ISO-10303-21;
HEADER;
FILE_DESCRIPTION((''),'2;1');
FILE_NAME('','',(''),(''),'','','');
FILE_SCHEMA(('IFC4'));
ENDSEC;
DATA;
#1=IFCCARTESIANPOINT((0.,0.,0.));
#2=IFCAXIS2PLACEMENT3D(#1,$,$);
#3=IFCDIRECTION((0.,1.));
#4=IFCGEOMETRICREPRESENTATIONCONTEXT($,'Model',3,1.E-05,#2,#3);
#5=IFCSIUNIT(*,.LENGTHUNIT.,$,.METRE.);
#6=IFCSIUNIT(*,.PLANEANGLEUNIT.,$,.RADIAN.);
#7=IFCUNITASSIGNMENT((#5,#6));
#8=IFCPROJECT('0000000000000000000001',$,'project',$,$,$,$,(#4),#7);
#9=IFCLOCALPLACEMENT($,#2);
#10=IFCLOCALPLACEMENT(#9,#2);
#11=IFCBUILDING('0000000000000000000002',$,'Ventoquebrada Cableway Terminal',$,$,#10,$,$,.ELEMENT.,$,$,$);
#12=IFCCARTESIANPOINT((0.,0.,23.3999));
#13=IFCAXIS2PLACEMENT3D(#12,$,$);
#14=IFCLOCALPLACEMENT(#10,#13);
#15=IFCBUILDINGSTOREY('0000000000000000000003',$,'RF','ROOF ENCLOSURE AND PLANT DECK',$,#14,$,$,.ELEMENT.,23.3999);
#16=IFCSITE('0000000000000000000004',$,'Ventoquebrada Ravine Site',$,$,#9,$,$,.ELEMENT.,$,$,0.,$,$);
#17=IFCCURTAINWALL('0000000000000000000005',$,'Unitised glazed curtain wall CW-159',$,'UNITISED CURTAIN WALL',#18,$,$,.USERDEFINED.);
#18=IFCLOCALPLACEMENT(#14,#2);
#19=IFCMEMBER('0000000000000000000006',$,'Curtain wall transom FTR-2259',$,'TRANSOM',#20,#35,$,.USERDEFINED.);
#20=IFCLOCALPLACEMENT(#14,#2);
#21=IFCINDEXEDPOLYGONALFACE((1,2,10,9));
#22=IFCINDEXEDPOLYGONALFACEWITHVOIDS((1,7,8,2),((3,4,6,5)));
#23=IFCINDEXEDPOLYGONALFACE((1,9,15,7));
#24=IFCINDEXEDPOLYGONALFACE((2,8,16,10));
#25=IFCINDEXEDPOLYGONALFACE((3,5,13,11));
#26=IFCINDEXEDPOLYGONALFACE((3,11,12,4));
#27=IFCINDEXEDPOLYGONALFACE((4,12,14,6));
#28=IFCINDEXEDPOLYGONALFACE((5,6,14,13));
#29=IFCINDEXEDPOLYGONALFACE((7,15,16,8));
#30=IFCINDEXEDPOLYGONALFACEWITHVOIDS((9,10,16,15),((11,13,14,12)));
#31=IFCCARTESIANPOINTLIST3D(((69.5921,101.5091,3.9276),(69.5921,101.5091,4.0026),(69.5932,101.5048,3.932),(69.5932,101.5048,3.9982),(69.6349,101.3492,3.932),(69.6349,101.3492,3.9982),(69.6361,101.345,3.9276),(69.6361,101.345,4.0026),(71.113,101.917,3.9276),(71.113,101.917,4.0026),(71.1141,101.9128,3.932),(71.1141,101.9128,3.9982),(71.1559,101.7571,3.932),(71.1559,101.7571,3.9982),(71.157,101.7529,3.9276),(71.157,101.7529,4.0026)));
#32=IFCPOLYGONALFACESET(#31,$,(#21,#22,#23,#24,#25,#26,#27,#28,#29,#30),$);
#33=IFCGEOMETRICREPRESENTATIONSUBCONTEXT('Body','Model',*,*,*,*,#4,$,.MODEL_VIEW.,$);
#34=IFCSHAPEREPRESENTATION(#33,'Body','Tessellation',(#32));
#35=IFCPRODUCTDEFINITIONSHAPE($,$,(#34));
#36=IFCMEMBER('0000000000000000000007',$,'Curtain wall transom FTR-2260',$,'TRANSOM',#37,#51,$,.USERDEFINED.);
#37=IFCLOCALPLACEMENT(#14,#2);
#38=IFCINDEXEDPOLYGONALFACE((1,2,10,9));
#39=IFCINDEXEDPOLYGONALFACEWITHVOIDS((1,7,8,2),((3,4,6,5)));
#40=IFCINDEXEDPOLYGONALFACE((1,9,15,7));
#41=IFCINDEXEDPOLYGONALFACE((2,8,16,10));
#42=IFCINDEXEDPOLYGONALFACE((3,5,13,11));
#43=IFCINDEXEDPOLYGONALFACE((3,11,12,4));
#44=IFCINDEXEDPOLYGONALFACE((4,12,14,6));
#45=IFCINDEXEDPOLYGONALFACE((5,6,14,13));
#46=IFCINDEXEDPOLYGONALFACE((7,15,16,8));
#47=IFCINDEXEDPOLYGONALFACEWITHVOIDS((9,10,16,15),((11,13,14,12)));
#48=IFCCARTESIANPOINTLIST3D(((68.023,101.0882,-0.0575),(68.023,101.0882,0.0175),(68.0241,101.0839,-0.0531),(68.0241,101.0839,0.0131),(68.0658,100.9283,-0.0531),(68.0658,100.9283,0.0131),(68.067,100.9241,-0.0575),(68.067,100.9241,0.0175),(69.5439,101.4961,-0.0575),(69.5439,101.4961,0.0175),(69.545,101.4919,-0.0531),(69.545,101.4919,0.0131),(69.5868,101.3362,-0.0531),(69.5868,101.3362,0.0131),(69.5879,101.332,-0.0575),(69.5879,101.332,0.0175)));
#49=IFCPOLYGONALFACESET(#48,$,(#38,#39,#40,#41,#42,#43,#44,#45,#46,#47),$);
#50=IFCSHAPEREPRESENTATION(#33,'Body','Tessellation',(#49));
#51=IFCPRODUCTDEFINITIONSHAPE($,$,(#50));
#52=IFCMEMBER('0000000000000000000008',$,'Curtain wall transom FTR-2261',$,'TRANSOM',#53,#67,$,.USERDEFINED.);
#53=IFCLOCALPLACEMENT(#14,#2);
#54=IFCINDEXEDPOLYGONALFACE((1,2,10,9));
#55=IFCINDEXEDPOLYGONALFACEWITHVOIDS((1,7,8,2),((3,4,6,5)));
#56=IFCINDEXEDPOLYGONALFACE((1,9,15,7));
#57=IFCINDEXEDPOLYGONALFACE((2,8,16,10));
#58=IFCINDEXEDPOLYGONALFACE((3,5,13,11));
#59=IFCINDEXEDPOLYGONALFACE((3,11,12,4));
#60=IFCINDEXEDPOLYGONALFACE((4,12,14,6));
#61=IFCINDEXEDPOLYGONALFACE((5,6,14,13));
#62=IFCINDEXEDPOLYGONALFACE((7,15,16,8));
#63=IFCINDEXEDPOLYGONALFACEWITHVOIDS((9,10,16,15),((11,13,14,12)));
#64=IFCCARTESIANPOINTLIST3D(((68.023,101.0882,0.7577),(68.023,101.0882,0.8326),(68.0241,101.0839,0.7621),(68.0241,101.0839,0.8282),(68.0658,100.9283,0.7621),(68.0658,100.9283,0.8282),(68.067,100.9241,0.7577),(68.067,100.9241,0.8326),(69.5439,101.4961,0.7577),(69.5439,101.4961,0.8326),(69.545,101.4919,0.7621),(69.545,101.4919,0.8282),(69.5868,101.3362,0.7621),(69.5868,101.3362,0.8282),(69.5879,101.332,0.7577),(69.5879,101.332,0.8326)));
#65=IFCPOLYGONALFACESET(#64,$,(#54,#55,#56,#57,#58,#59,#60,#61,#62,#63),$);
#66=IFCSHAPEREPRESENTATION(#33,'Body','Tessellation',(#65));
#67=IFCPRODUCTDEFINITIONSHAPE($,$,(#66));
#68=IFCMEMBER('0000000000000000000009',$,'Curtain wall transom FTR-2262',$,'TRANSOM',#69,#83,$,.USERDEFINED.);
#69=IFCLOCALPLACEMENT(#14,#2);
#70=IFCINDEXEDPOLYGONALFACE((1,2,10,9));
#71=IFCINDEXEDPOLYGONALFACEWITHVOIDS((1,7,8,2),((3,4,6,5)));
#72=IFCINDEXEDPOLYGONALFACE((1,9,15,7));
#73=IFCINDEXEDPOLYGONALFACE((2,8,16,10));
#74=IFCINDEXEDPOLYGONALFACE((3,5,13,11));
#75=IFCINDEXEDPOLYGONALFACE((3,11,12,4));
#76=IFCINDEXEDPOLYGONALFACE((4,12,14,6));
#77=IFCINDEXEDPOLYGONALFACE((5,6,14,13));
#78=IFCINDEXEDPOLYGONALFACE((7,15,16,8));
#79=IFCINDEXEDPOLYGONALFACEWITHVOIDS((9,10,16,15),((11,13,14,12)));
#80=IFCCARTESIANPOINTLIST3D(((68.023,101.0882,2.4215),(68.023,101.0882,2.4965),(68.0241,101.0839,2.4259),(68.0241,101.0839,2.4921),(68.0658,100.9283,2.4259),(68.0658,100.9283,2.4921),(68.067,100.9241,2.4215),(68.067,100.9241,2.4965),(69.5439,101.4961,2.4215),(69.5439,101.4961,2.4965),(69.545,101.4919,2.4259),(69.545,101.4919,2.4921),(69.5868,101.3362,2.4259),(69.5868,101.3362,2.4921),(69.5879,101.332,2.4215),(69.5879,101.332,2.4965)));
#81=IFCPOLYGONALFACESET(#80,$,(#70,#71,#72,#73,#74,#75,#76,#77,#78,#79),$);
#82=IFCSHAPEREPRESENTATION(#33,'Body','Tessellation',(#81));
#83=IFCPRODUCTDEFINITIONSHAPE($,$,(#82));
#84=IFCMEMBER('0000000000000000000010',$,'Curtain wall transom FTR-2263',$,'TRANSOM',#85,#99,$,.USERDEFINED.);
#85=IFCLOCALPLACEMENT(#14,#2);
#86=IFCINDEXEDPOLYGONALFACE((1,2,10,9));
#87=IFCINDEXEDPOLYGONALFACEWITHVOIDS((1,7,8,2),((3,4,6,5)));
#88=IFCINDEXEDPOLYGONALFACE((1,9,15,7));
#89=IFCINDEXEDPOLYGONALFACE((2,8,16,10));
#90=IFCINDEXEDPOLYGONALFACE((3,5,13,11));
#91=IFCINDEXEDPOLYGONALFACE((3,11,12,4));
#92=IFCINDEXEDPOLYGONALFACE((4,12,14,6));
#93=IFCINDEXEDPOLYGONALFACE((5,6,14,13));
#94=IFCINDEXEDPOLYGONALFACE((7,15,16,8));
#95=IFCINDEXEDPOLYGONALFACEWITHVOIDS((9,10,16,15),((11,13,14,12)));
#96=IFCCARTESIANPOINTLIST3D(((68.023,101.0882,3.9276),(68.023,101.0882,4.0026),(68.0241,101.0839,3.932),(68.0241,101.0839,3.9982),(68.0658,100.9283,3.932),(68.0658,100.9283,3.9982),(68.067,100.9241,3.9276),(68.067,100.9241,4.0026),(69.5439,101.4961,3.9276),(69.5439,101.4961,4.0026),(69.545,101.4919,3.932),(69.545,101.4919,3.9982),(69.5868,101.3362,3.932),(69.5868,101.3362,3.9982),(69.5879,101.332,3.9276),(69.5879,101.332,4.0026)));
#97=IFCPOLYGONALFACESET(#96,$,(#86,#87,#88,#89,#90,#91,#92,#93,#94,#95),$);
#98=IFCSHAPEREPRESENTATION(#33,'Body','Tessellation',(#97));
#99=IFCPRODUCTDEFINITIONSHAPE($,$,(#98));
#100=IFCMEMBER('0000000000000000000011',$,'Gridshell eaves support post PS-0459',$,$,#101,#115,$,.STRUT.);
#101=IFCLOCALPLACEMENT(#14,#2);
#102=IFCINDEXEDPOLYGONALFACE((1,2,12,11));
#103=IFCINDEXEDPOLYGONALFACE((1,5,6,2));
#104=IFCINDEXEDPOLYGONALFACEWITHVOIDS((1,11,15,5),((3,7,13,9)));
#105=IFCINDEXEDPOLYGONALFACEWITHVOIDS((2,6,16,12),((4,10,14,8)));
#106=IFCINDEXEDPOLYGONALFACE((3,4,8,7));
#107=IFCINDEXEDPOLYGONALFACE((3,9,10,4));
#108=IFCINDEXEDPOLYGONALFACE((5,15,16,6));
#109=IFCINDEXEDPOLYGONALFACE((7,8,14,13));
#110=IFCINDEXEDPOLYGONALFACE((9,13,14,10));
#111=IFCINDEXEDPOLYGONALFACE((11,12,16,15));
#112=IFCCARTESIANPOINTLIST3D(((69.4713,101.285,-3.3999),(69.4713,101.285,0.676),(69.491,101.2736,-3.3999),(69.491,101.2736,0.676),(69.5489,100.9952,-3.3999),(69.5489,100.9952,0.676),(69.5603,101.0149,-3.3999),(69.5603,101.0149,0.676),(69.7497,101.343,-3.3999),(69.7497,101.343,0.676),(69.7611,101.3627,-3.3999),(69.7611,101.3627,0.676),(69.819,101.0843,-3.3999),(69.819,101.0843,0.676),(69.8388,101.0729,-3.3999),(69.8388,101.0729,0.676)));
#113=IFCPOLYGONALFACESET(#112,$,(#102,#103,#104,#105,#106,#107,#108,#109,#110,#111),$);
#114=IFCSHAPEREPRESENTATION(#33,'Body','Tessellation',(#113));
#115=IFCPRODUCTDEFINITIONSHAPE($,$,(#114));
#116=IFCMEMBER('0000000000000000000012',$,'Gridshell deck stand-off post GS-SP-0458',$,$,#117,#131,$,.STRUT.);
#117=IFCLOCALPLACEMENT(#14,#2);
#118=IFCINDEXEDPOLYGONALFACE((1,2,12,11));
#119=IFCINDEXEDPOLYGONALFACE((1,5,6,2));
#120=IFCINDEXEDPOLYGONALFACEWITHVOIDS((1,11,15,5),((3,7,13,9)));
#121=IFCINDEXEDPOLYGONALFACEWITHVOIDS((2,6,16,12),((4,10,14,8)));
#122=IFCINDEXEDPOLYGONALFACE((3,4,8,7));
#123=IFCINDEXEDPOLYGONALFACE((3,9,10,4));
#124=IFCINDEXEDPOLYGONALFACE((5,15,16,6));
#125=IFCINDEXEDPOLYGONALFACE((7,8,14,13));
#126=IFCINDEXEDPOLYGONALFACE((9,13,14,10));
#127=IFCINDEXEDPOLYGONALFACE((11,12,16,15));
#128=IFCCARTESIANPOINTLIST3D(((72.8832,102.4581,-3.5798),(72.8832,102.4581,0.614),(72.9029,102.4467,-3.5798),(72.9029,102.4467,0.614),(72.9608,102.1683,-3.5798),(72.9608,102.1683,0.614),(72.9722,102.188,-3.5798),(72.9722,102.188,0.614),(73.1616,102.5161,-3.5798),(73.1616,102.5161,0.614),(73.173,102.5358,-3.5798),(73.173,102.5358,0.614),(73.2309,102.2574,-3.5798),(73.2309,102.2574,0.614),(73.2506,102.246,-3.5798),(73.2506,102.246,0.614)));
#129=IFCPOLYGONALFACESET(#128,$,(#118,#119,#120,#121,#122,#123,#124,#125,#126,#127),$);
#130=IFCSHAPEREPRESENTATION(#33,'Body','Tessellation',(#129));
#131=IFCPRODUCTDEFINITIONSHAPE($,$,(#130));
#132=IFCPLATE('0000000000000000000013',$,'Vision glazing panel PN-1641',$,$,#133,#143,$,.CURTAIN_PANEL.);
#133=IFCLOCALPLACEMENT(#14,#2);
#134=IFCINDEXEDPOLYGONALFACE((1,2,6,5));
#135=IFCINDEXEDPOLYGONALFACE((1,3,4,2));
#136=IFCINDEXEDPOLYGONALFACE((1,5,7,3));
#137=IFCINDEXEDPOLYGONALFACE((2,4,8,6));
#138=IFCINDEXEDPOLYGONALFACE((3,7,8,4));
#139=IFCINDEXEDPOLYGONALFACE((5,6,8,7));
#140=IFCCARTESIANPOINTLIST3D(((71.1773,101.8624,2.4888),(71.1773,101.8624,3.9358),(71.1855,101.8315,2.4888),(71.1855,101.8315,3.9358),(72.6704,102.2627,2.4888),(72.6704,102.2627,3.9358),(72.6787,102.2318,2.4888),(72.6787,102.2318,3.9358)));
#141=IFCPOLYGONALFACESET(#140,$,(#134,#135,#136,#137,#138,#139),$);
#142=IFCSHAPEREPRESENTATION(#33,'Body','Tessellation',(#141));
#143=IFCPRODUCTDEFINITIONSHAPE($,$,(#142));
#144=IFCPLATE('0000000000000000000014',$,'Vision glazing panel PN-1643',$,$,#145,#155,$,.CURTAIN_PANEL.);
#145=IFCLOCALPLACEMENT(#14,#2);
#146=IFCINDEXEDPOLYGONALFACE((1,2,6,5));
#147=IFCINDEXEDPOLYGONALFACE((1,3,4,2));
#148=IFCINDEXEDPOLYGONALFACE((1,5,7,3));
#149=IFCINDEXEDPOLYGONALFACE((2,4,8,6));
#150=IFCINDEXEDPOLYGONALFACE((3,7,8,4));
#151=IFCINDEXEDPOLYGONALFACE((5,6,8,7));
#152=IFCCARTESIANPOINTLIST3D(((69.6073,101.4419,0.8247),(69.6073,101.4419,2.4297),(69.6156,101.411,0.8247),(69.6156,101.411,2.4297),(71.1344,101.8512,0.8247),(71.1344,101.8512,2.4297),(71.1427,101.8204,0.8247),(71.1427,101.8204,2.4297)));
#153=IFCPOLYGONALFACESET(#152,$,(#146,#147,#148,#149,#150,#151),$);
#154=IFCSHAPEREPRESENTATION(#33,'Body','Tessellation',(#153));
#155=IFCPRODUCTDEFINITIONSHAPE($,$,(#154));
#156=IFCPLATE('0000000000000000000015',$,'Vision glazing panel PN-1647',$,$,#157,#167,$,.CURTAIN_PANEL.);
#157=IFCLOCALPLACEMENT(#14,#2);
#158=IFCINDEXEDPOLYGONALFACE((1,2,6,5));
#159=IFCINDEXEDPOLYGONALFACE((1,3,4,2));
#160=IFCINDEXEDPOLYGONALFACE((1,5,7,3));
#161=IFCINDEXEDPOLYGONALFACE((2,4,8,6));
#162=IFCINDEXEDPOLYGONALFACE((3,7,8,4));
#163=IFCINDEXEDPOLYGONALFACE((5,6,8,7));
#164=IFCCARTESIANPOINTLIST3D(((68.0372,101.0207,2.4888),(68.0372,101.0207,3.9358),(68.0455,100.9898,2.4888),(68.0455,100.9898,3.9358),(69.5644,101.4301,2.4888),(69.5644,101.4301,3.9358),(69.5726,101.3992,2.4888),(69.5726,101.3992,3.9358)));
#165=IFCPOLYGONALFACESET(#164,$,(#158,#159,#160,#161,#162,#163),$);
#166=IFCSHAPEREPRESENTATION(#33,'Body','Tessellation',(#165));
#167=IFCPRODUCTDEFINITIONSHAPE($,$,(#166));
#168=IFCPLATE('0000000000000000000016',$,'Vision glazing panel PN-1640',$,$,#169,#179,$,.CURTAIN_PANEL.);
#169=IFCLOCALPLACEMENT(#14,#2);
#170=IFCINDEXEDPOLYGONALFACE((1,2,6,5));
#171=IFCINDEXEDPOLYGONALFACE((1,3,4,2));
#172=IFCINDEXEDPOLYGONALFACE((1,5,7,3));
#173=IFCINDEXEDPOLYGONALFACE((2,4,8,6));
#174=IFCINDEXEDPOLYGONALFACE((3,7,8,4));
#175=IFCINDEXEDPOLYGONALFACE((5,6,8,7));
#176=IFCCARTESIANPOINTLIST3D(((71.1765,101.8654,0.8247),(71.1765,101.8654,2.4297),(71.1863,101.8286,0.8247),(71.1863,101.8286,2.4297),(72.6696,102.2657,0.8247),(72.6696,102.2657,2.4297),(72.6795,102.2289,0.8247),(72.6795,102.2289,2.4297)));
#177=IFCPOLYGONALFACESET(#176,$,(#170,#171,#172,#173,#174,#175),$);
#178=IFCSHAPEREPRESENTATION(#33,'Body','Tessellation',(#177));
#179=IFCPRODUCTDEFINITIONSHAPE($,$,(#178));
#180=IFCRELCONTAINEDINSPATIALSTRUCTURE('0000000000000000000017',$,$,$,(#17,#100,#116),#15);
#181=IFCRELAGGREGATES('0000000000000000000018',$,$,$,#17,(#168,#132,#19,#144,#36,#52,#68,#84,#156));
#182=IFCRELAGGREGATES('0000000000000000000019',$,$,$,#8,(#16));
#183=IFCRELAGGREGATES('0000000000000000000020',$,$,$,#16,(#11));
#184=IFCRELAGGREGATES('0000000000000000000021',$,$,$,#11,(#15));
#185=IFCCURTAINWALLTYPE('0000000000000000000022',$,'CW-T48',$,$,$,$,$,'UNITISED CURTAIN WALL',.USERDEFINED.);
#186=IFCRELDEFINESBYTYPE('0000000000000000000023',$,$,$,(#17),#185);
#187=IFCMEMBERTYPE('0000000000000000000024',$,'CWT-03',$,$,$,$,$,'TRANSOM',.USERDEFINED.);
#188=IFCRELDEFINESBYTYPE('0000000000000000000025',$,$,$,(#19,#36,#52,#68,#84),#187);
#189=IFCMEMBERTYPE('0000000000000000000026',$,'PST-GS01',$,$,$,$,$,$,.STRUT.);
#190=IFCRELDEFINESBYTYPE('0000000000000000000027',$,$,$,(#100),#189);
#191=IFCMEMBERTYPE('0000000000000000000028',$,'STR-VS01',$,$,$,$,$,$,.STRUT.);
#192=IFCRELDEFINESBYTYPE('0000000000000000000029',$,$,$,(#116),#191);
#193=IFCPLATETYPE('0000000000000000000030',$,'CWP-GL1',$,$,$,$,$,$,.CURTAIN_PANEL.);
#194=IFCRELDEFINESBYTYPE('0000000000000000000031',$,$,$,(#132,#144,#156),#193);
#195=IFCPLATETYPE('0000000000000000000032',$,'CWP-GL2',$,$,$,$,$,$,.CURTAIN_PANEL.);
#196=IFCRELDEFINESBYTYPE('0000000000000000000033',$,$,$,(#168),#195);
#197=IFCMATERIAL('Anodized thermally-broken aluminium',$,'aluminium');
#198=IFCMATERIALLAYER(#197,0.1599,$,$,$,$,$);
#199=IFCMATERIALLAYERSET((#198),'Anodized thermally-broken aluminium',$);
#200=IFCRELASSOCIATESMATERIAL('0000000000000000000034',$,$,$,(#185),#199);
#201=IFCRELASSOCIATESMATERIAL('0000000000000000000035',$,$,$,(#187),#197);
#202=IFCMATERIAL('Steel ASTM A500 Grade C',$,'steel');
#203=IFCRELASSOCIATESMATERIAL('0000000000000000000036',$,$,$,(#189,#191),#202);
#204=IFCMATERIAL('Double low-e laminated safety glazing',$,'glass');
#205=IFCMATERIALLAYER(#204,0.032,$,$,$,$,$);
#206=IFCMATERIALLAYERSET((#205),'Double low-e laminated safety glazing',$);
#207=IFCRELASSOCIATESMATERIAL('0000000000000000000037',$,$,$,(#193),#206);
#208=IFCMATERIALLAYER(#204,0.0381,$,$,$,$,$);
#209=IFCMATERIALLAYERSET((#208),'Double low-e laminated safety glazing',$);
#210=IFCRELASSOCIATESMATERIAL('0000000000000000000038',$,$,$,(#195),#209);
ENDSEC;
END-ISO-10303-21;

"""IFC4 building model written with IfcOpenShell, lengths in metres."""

from ifc_helpers import new_model, si_unit, direction, frame, origin, origin_2d, place, context, subcontext, project, spatial, rectangle, hollow_rectangle, extrude, material, layer, layer_set, material_profile, profile_set, type_object, element, aggregate, save


model = new_model("IFC4")

# Units and contexts
model_context = context("Model", 3, precision=1e-05, world=origin(), true_north=direction((0.0, 1.0)))
body_context = subcontext(model_context, "Body", "Model", "MODEL_VIEW")
ifc_project = project(units=[si_unit("LENGTHUNIT", "METRE"), si_unit("PLANEANGLEUNIT", "RADIAN")], contexts=[model_context])

# Site, building, storey
site_placement = place(None, origin())
site = spatial("IfcSite", under=ifc_project, at=site_placement, Name="Ventoquebrada Ravine Site", CompositionType="ELEMENT", RefElevation=0.0)
building_placement = place(site_placement, origin())
building = spatial("IfcBuilding", under=site, at=building_placement, Name="Ventoquebrada Cableway Terminal", CompositionType="ELEMENT")
storey_placement = place(building_placement, frame((0.0, 0.0, 23.3999)))
storey = spatial("IfcBuildingStorey", under=building, at=storey_placement, Name="RF", Description="ROOF ENCLOSURE AND PLANT DECK", CompositionType="ELEMENT", Elevation=23.3999)

# Curtain wall
ifc_material_1 = material(Name="Anodized thermally-broken aluminium", Category="aluminium")
ifc_layer_1 = layer(ifc_material_1, 0.1599)
ifc_layer_set_1 = layer_set([ifc_layer_1], Name="Anodized thermally-broken aluminium")
curtain_wall_type = type_object("IfcCurtainWallType", Name="CW-T48", ElementType="UNITISED CURTAIN WALL", PredefinedType="USERDEFINED", material=ifc_layer_set_1)
curtain_wall_1_placement = place(storey_placement, origin())
curtain_wall_1 = element("IfcCurtainWall", 1, at=curtain_wall_1_placement, inside=storey, type_object=curtain_wall_type, Name="Unitised glazed curtain wall CW-159", ObjectType="UNITISED CURTAIN WALL", PredefinedType="USERDEFINED")

# Members
ifc_material_profile_1 = material_profile(ifc_material_1, hollow_rectangle(XDim=0.075, YDim=0.1699, WallThickness=0.0044, at=origin_2d()), Name="CW-TRN-75X170")
ifc_profile_set_1 = profile_set([ifc_material_profile_1], Name="Anodized thermally-broken aluminium")
member_type_1 = type_object("IfcMemberType", Name="CWT-03", ElementType="TRANSOM", PredefinedType="USERDEFINED", material=ifc_profile_set_1)
member_1_placement = place(storey_placement, frame((71.135, 101.835, 3.9651), z_axis=(-0.965861, -0.259062, 0.0), x_axis=(0.0, 0.0, 1.0)))
member_1 = element("IfcMember", 2, at=member_1_placement, type_object=member_type_1, Name="Curtain wall transom FTR-2259", ObjectType="TRANSOM", PredefinedType="USERDEFINED", context=body_context, shape_type="SweptSolid", body=[
    extrude(hollow_rectangle(XDim=0.075, YDim=0.1699, WallThickness=0.0044, at=origin_2d()), origin(), (0.0, 0.0, 1.0), 1.5747),
])
member_2_placement = place(storey_placement, frame((69.5659, 101.4141, -0.02), z_axis=(-0.965861, -0.259062, 0.0), x_axis=(0.0, 0.0, 1.0)))
member_2 = element("IfcMember", 3, at=member_2_placement, type_object=member_type_1, Name="Curtain wall transom FTR-2260", ObjectType="TRANSOM", PredefinedType="USERDEFINED", context=body_context, shape_type="SweptSolid", body=[
    extrude(hollow_rectangle(XDim=0.075, YDim=0.1699, WallThickness=0.0044, at=origin_2d()), origin(), (0.0, 0.0, 1.0), 1.5747),
])
member_3_placement = place(storey_placement, frame((69.5659, 101.4141, 0.7952), z_axis=(-0.965861, -0.259062, 0.0), x_axis=(0.0, 0.0, 1.0)))
member_3 = element("IfcMember", 4, at=member_3_placement, type_object=member_type_1, Name="Curtain wall transom FTR-2261", ObjectType="TRANSOM", PredefinedType="USERDEFINED", context=body_context, shape_type="SweptSolid", body=[
    extrude(hollow_rectangle(XDim=0.075, YDim=0.1699, WallThickness=0.0044, at=origin_2d()), origin(), (0.0, 0.0, 1.0), 1.5747),
])
member_4_placement = place(storey_placement, frame((69.5659, 101.4141, 2.459), z_axis=(-0.965861, -0.259062, 0.0), x_axis=(0.0, 0.0, 1.0)))
member_4 = element("IfcMember", 5, at=member_4_placement, type_object=member_type_1, Name="Curtain wall transom FTR-2262", ObjectType="TRANSOM", PredefinedType="USERDEFINED", context=body_context, shape_type="SweptSolid", body=[
    extrude(hollow_rectangle(XDim=0.075, YDim=0.1699, WallThickness=0.0044, at=origin_2d()), origin(), (0.0, 0.0, 1.0), 1.5747),
])
member_5_placement = place(storey_placement, frame((69.5659, 101.4141, 3.9651), z_axis=(-0.965861, -0.259062, 0.0), x_axis=(0.0, 0.0, 1.0)))
member_5 = element("IfcMember", 6, at=member_5_placement, type_object=member_type_1, Name="Curtain wall transom FTR-2263", ObjectType="TRANSOM", PredefinedType="USERDEFINED", context=body_context, shape_type="SweptSolid", body=[
    extrude(hollow_rectangle(XDim=0.075, YDim=0.1699, WallThickness=0.0044, at=origin_2d()), origin(), (0.0, 0.0, 1.0), 1.5747),
])

# Members
ifc_material_2 = material(Name="Steel ASTM A500 Grade C", Category="steel")
ifc_material_profile_2 = material_profile(ifc_material_2, hollow_rectangle(XDim=0.3, YDim=0.3, WallThickness=0.0161, at=origin_2d()), Name="HSS300X300X16")
ifc_profile_set_2 = profile_set([ifc_material_profile_2], Name="Steel ASTM A500 Grade C")
member_type_2 = type_object("IfcMemberType", Name="PST-GS01", PredefinedType="STRUT", material=ifc_profile_set_2)
member_6_placement = place(storey_placement, frame((69.655, 101.179, -3.3999), z_axis=(0.0, 0.0, 1.0), x_axis=(0.965926, 0.258819, 0.0)))
element("IfcMember", 7, at=member_6_placement, inside=storey, type_object=member_type_2, Name="Gridshell eaves support post PS-0459", PredefinedType="STRUT", context=body_context, shape_type="SweptSolid", body=[
    extrude(hollow_rectangle(XDim=0.3, YDim=0.3, WallThickness=0.0161, at=origin_2d()), origin(), (0.0, 0.0, 1.0), 4.0759),
])
ifc_material_profile_3 = material_profile(ifc_material_2, hollow_rectangle(XDim=0.3, YDim=0.3, WallThickness=0.0161, at=origin_2d()), Name="HSS300X300X16")
ifc_profile_set_3 = profile_set([ifc_material_profile_3], Name="Steel ASTM A500 Grade C")
member_type_3 = type_object("IfcMemberType", Name="STR-VS01", PredefinedType="STRUT", material=ifc_profile_set_3)
member_7_placement = place(storey_placement, frame((73.0669, 102.3521, -3.5798), z_axis=(0.0, 0.0, 1.0), x_axis=(0.965926, 0.258819, 0.0)))
element("IfcMember", 8, at=member_7_placement, inside=storey, type_object=member_type_3, Name="Gridshell deck stand-off post GS-SP-0458", PredefinedType="STRUT", context=body_context, shape_type="SweptSolid", body=[
    extrude(hollow_rectangle(XDim=0.3, YDim=0.3, WallThickness=0.0161, at=origin_2d()), origin(), (0.0, 0.0, 1.0), 4.1938),
])

# Plates
ifc_material_3 = material(Name="Double low-e laminated safety glazing", Category="glass")
ifc_layer_2 = layer(ifc_material_3, 0.032)
ifc_layer_set_2 = layer_set([ifc_layer_2], Name="Double low-e laminated safety glazing")
plate_type_1 = type_object("IfcPlateType", Name="CWP-GL1", PredefinedType="CURTAIN_PANEL", material=ifc_layer_set_2)
plate_1_placement = place(storey_placement, frame((71.928, 102.0471, 2.4888), z_axis=(0.0, 0.0, 1.0), x_axis=(-0.965894, -0.258937, 0.0)))
plate_1 = element("IfcPlate", 9, at=plate_1_placement, type_object=plate_type_1, Name="Vision glazing panel PN-1641", PredefinedType="CURTAIN_PANEL", context=body_context, shape_type="SweptSolid", body=[
    extrude(rectangle(XDim=1.5459, YDim=0.032, at=origin_2d()), origin(), (0.0, 0.0, 1.0), 1.447),
])
plate_2_placement = place(storey_placement, frame((70.375, 101.6311, 0.8247), z_axis=(0.0, 0.0, 1.0), x_axis=(-0.965894, -0.258937, 0.0)))
plate_2 = element("IfcPlate", 10, at=plate_2_placement, type_object=plate_type_1, Name="Vision glazing panel PN-1643", PredefinedType="CURTAIN_PANEL", context=body_context, shape_type="SweptSolid", body=[
    extrude(rectangle(XDim=1.5811, YDim=0.032, at=origin_2d()), origin(), (0.0, 0.0, 1.0), 1.605),
])
plate_3_placement = place(storey_placement, frame((68.8049, 101.21, 2.4888), z_axis=(0.0, 0.0, 1.0), x_axis=(-0.965894, -0.258937, 0.0)))
plate_3 = element("IfcPlate", 11, at=plate_3_placement, type_object=plate_type_1, Name="Vision glazing panel PN-1647", PredefinedType="CURTAIN_PANEL", context=body_context, shape_type="SweptSolid", body=[
    extrude(rectangle(XDim=1.5811, YDim=0.032, at=origin_2d()), origin(), (0.0, 0.0, 1.0), 1.447),
])
ifc_layer_3 = layer(ifc_material_3, 0.0381)
ifc_layer_set_3 = layer_set([ifc_layer_3], Name="Double low-e laminated safety glazing")
plate_type_2 = type_object("IfcPlateType", Name="CWP-GL2", PredefinedType="CURTAIN_PANEL", material=ifc_layer_set_3)
plate_4_placement = place(storey_placement, frame((71.928, 102.0471, 0.8247), z_axis=(0.0, 0.0, 1.0), x_axis=(-0.965894, -0.258937, 0.0)))
plate_4 = element("IfcPlate", 12, at=plate_4_placement, type_object=plate_type_2, Name="Vision glazing panel PN-1640", PredefinedType="CURTAIN_PANEL", context=body_context, shape_type="SweptSolid", body=[
    extrude(rectangle(XDim=1.5459, YDim=0.0381, at=origin_2d()), origin(), (0.0, 0.0, 1.0), 1.605),
])
aggregate(curtain_wall_1, [plate_4, plate_1, member_1, plate_2, member_2, member_3, member_4, member_5, plate_3])

save(model, "model.ifc")
